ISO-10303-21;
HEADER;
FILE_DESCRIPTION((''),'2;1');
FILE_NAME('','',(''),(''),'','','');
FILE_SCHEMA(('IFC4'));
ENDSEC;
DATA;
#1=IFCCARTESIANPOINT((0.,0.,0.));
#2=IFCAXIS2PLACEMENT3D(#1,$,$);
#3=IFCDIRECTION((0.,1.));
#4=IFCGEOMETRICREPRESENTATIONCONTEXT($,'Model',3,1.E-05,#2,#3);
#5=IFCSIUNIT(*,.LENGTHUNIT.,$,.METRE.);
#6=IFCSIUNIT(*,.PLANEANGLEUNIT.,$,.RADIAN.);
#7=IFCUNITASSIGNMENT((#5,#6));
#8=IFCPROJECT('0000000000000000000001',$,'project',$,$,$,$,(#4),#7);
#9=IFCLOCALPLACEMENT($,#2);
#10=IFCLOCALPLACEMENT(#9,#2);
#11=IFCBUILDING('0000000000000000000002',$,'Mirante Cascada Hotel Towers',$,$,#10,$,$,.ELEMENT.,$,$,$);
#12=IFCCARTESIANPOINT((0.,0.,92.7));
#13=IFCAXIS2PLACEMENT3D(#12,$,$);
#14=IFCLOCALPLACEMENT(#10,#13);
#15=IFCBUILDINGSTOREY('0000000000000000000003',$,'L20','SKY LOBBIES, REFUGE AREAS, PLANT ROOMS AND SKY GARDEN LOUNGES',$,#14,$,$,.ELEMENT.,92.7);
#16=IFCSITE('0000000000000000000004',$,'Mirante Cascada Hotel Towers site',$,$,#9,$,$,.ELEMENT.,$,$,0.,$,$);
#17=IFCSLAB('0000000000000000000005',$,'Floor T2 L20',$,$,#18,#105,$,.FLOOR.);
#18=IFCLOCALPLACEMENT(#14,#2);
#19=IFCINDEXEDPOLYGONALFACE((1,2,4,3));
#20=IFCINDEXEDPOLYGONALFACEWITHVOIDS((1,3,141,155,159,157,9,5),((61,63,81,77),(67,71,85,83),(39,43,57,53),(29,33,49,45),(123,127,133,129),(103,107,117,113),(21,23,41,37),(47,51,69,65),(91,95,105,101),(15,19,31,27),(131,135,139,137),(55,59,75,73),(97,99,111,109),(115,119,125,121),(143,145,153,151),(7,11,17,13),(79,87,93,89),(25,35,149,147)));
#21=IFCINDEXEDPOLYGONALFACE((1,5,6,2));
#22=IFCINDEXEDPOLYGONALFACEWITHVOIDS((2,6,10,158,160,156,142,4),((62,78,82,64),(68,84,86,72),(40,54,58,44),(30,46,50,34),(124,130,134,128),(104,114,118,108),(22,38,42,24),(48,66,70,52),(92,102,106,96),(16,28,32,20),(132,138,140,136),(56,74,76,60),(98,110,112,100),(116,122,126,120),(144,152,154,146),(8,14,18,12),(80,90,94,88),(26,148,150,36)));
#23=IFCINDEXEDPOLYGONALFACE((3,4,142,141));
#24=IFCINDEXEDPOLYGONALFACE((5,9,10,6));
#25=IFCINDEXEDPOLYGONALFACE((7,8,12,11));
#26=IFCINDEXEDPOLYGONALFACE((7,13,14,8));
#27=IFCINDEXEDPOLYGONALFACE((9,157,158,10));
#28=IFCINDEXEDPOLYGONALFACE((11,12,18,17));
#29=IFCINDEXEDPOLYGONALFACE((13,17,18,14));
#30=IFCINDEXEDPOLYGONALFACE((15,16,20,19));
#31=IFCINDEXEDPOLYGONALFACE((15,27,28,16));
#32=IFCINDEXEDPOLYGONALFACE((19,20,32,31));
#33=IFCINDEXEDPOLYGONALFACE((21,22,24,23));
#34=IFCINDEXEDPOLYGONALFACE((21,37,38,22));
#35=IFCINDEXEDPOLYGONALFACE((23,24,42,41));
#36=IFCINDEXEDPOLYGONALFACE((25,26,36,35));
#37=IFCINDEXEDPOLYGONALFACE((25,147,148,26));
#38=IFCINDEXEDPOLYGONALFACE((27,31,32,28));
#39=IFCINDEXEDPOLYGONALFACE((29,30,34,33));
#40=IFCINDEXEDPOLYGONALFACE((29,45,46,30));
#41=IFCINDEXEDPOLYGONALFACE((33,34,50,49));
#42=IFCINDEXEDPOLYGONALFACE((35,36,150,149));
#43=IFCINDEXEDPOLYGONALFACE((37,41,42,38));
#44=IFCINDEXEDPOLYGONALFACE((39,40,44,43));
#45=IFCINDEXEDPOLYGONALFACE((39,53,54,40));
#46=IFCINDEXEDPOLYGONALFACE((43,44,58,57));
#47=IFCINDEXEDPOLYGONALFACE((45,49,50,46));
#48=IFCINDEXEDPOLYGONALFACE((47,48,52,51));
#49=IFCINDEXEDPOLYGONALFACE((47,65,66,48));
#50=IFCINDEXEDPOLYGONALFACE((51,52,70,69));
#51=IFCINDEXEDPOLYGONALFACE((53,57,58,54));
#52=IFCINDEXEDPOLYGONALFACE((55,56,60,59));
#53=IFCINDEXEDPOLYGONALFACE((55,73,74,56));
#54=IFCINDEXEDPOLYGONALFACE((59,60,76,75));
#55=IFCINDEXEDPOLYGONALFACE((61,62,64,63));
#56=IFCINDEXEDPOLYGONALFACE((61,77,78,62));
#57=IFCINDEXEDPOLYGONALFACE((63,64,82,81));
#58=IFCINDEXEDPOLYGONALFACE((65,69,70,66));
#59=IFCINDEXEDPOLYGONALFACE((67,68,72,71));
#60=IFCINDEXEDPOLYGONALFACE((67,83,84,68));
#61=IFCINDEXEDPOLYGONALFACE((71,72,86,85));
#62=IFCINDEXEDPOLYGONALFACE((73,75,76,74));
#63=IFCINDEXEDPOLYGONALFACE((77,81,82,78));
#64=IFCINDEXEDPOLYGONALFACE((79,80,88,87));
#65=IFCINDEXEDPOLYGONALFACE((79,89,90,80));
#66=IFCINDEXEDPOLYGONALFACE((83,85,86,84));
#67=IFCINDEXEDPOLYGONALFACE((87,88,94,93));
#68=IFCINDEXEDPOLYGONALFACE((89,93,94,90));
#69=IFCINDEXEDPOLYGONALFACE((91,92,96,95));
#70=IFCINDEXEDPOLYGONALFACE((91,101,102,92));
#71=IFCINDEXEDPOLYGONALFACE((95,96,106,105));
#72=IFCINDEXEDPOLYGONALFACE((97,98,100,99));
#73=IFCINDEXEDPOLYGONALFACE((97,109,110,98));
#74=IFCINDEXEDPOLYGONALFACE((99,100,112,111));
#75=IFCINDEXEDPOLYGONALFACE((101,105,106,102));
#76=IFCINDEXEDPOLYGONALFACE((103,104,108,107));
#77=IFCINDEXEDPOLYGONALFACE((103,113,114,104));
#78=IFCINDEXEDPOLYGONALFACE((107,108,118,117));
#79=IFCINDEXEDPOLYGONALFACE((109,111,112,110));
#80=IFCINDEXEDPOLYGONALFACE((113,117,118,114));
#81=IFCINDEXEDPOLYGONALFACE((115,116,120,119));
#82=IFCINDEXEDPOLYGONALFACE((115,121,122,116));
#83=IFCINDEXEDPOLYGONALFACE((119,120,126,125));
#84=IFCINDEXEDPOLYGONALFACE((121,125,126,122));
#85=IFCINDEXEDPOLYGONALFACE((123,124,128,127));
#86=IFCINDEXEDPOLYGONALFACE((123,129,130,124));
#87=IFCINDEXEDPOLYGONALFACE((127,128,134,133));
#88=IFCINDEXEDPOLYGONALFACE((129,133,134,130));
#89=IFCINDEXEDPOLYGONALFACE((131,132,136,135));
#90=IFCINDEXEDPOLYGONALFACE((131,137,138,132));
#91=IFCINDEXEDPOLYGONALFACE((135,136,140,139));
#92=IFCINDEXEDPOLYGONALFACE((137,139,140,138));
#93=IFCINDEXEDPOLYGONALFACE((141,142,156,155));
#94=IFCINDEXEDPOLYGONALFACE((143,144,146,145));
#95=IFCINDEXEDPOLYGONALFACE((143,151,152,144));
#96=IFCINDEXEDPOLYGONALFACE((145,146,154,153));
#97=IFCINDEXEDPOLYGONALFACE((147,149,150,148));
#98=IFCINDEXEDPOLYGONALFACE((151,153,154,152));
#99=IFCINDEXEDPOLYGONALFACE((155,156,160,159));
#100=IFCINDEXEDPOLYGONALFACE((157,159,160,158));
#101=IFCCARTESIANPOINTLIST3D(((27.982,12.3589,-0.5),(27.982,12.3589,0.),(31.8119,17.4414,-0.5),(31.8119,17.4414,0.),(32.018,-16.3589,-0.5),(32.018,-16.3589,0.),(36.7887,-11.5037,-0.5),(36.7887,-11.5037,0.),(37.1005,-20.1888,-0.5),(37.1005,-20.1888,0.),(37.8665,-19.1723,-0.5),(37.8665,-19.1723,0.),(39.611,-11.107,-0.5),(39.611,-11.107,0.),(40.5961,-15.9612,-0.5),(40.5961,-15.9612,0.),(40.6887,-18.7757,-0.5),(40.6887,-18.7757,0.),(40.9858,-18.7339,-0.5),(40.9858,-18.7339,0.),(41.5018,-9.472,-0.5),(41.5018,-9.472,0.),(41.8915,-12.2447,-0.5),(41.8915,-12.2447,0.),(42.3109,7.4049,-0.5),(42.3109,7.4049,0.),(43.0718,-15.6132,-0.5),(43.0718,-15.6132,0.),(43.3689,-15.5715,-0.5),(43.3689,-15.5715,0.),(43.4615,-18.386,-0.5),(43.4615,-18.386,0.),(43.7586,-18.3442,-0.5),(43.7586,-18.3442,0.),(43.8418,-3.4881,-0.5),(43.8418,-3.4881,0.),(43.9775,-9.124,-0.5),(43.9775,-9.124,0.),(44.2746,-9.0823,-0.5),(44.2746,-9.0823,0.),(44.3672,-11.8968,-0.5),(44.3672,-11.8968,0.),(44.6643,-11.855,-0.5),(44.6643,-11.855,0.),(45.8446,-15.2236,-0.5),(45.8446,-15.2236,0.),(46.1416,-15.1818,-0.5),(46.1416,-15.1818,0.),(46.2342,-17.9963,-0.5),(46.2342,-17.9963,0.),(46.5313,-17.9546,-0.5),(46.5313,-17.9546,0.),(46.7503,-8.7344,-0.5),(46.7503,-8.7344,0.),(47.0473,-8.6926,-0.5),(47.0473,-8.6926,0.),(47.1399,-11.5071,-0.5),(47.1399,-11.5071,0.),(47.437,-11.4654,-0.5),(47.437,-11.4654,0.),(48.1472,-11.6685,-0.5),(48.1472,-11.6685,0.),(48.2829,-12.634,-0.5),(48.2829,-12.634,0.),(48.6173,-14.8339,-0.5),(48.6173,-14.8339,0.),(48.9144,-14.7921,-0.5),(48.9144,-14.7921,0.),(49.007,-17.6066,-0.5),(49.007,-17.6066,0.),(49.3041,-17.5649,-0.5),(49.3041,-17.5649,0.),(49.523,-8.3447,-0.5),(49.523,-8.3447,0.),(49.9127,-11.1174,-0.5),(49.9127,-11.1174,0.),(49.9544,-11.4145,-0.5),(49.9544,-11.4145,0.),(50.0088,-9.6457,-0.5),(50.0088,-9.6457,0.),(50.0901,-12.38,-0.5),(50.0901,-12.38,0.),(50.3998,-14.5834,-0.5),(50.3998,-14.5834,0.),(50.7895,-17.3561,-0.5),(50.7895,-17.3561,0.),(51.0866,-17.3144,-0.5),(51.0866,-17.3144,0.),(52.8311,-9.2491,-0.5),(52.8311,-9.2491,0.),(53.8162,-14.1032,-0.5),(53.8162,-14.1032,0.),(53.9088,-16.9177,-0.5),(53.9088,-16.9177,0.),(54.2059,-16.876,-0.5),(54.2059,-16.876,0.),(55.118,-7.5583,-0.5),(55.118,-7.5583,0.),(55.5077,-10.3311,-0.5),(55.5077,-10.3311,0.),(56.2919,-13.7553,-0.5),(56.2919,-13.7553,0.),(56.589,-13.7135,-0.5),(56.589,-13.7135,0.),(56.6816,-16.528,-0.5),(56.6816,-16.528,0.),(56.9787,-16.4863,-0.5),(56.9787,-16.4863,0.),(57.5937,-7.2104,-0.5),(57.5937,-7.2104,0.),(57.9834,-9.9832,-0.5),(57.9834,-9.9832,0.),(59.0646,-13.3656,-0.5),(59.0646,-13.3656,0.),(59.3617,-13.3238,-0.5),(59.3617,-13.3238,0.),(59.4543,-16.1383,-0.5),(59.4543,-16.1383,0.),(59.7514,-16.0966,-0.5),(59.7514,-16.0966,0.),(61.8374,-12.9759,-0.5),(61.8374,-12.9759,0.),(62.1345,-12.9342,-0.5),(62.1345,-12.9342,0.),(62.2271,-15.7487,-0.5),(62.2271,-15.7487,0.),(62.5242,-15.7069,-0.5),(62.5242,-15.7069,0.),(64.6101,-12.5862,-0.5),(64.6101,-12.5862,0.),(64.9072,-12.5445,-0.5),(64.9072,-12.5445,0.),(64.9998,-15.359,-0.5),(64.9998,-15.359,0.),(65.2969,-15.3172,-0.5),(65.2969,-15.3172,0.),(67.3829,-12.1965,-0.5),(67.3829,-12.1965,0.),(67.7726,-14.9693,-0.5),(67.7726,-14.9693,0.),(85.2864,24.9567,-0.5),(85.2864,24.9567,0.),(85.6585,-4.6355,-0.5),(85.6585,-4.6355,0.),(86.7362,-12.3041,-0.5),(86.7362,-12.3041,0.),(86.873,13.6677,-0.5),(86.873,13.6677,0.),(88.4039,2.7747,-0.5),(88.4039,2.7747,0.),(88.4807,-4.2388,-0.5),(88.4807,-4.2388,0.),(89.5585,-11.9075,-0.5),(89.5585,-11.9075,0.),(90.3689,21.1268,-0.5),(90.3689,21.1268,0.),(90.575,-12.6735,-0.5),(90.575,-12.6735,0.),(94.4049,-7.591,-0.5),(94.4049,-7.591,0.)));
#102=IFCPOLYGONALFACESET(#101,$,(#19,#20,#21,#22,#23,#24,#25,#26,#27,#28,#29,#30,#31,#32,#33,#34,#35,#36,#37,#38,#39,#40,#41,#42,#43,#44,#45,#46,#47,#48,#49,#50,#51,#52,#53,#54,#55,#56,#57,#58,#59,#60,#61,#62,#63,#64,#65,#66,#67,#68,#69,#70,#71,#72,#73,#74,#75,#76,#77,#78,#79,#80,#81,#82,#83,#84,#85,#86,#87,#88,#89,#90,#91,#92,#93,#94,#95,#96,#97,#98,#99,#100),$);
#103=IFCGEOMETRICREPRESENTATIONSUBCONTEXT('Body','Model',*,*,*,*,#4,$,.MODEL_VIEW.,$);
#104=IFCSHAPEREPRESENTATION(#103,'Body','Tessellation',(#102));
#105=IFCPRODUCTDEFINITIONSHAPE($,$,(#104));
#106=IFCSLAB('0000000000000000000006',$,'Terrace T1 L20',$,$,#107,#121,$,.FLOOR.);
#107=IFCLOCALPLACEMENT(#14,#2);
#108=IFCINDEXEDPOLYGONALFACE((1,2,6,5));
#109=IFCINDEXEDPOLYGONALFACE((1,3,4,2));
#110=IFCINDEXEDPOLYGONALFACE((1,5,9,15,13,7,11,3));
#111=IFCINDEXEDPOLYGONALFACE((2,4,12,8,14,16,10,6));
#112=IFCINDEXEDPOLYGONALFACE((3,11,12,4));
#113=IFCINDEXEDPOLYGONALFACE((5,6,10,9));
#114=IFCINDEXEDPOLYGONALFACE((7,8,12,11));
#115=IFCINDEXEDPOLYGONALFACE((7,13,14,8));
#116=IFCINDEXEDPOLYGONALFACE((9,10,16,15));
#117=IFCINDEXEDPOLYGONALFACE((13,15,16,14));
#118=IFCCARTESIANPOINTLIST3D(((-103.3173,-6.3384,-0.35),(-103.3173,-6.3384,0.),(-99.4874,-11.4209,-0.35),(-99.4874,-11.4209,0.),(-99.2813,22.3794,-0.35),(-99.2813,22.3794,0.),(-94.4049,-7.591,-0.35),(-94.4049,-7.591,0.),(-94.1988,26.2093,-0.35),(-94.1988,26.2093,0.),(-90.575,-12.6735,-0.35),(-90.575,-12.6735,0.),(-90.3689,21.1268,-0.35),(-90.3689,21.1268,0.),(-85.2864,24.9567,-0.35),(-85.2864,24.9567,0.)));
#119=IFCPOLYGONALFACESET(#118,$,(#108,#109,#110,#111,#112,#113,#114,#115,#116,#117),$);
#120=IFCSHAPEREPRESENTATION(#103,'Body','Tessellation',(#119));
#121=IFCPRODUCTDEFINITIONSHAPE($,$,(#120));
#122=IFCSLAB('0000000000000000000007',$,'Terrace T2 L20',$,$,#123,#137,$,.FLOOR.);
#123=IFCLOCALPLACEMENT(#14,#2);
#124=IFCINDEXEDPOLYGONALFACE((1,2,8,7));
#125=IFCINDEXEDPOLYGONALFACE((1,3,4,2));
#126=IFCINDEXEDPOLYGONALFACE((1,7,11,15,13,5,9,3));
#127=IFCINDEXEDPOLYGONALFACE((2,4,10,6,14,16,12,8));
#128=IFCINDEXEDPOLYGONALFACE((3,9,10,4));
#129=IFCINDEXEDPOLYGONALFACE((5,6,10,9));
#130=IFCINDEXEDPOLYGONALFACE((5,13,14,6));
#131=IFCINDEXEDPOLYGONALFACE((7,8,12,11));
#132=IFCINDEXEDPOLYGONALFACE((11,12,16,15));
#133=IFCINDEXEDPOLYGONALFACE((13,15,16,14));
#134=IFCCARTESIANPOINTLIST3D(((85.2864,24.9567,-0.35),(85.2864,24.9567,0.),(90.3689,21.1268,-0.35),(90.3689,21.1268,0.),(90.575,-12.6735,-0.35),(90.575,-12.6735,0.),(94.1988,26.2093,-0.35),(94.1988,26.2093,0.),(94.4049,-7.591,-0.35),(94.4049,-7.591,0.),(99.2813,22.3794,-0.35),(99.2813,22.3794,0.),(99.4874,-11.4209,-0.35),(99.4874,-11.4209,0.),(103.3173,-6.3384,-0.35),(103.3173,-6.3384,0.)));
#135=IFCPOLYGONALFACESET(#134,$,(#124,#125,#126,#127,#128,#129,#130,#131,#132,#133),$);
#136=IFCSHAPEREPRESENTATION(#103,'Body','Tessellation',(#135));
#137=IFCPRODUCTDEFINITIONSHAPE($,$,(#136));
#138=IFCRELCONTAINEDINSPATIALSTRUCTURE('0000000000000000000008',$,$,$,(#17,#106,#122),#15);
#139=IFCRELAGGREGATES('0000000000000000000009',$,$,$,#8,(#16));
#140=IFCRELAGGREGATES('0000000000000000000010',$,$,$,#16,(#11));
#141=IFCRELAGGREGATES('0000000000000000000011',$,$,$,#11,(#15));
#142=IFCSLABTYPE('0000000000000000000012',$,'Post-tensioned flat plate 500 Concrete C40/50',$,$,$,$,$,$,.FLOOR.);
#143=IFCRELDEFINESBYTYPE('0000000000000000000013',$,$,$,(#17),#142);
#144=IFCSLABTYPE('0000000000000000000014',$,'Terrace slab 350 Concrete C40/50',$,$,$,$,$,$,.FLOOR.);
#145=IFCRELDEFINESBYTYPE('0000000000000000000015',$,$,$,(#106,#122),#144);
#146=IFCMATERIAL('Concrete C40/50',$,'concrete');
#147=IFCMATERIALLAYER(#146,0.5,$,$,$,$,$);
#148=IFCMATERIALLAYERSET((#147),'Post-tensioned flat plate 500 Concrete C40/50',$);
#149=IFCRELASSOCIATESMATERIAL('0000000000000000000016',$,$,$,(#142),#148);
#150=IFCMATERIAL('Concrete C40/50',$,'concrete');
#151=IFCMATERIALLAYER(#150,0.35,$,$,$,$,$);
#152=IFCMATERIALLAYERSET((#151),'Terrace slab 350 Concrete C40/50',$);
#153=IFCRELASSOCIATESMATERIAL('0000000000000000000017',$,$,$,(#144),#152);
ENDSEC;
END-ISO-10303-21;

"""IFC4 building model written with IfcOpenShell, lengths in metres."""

from ifc_helpers import new_model, si_unit, direction, frame, origin, place, context, subcontext, project, spatial, polyline, outline, extrude, material, layer, layer_set, type_object, element, save


model = new_model("IFC4")

# Units and contexts
model_context = context("Model", 3, precision=1e-05, world=origin(), true_north=direction((0.0, 1.0)))
body_context = subcontext(model_context, "Body", "Model", "MODEL_VIEW")
ifc_project = project(units=[si_unit("LENGTHUNIT", "METRE"), si_unit("PLANEANGLEUNIT", "RADIAN")], contexts=[model_context])

# Site, building, storey
site_placement = place(None, origin())
site = spatial("IfcSite", under=ifc_project, at=site_placement, Name="Mirante Cascada Hotel Towers site", CompositionType="ELEMENT", RefElevation=0.0)
building_placement = place(site_placement, origin())
building = spatial("IfcBuilding", under=site, at=building_placement, Name="Mirante Cascada Hotel Towers", CompositionType="ELEMENT")
storey_placement = place(building_placement, frame((0.0, 0.0, 92.7)))
storey = spatial("IfcBuildingStorey", under=building, at=storey_placement, Name="L20", Description="SKY LOBBIES, REFUGE AREAS, PLANT ROOMS AND SKY GARDEN LOUNGES", CompositionType="ELEMENT", Elevation=92.7)

# Slabs
ifc_material_1 = material(Name="Concrete C40/50", Category="concrete")
ifc_layer_1 = layer(ifc_material_1, 0.5)
ifc_layer_set_1 = layer_set([ifc_layer_1], Name="Post-tensioned flat plate 500 Concrete C40/50")
slab_type_1 = type_object("IfcSlabType", Name="Post-tensioned flat plate 500 Concrete C40/50", PredefinedType="FLOOR", material=ifc_layer_set_1)
slab_1_placement = place(storey_placement, frame((0.0, 0.0, -0.5)))
element("IfcSlab", 1, at=slab_1_placement, inside=storey, type_object=slab_type_1, Name="Floor T2 L20", PredefinedType="FLOOR", context=body_context, shape_type="SweptSolid", body=[
    extrude(outline(polyline([(32.018, -16.3589), (27.982, 12.3589), (31.8119, 17.4414), (85.2864, 24.9567), (85.2864, 24.9567), (85.2864, 24.9567), (85.2864, 24.9567), (85.2864, 24.9567), (85.2864, 24.9567), (85.2864, 24.9567), (85.2864, 24.9567), (85.2864, 24.9567), (90.3689, 21.1268), (94.4049, -7.591), (90.575, -12.6735), (90.575, -12.6735), (90.575, -12.6735), (90.575, -12.6735), (90.575, -12.6735), (90.575, -12.6735), (90.575, -12.6735), (90.575, -12.6735), (90.575, -12.6735), (37.1005, -20.1888), (32.018, -16.3589)]), holes=[polyline([(43.0718, -15.6132), (40.5961, -15.9612), (40.9858, -18.7339), (43.4615, -18.386), (43.0718, -15.6132)]), polyline([(45.8446, -15.2236), (43.3689, -15.5715), (43.7586, -18.3442), (46.2342, -17.9963), (45.8446, -15.2236)]), polyline([(48.6173, -14.8339), (46.1416, -15.1818), (46.5313, -17.9546), (49.007, -17.6066), (48.6173, -14.8339)]), polyline([(50.3998, -14.5834), (48.9144, -14.7921), (49.3041, -17.5649), (50.7895, -17.3561), (50.3998, -14.5834)]), polyline([(37.8665, -19.1723), (40.6887, -18.7757), (39.611, -11.107), (36.7887, -11.5037), (37.8665, -19.1723)]), polyline([(49.9544, -11.4145), (48.1472, -11.6685), (48.2829, -12.634), (50.0901, -12.38), (49.9544, -11.4145)]), polyline([(43.9775, -9.124), (41.5018, -9.472), (41.8915, -12.2447), (44.3672, -11.8968), (43.9775, -9.124)]), polyline([(47.1399, -11.5071), (46.7503, -8.7344), (44.2746, -9.0823), (44.6643, -11.855), (47.1399, -11.5071)]), polyline([(49.9127, -11.1174), (49.523, -8.3447), (47.0473, -8.6926), (47.437, -11.4654), (49.9127, -11.1174)]), polyline([(56.2919, -13.7553), (53.8162, -14.1032), (54.2059, -16.876), (56.6816, -16.528), (56.2919, -13.7553)]), polyline([(59.0646, -13.3656), (56.589, -13.7135), (56.9787, -16.4863), (59.4543, -16.1383), (59.0646, -13.3656)]), polyline([(61.8374, -12.9759), (59.3617, -13.3238), (59.7514, -16.0966), (62.2271, -15.7487), (61.8374, -12.9759)]), polyline([(64.6101, -12.5862), (62.1345, -12.9342), (62.5242, -15.7069), (64.9998, -15.359), (64.6101, -12.5862)]), polyline([(67.3829, -12.1965), (64.9072, -12.5445), (65.2969, -15.3172), (67.7726, -14.9693), (67.3829, -12.1965)]), polyline([(51.0866, -17.3144), (53.9088, -16.9177), (52.8311, -9.2491), (50.0088, -9.6457), (51.0866, -17.3144)]), polyline([(86.7362, -12.3041), (89.5585, -11.9075), (88.4807, -4.2388), (85.6585, -4.6355), (86.7362, -12.3041)]), polyline([(57.9834, -9.9832), (57.5937, -7.2104), (55.118, -7.5583), (55.5077, -10.3311), (57.9834, -9.9832)]), polyline([(88.4039, 2.7747), (86.873, 13.6677), (42.3109, 7.4049), (43.8418, -3.4881), (88.4039, 2.7747)])]), origin(), (0.0, 0.0, 1.0), 0.5),
])
ifc_material_2 = material(Name="Concrete C40/50", Category="concrete")
ifc_layer_2 = layer(ifc_material_2, 0.35)
ifc_layer_set_2 = layer_set([ifc_layer_2], Name="Terrace slab 350 Concrete C40/50")
slab_type_2 = type_object("IfcSlabType", Name="Terrace slab 350 Concrete C40/50", PredefinedType="FLOOR", material=ifc_layer_set_2)
slab_2_placement = place(storey_placement, frame((0.0, 0.0, -0.35)))
element("IfcSlab", 2, at=slab_2_placement, inside=storey, type_object=slab_type_2, Name="Terrace T1 L20", PredefinedType="FLOOR", context=body_context, shape_type="SweptSolid", body=[
    extrude(outline(polyline([(-94.1988, 26.2093), (-99.2813, 22.3794), (-103.3173, -6.3384), (-99.4874, -11.4209), (-90.575, -12.6735), (-94.4049, -7.591), (-90.3689, 21.1268), (-85.2864, 24.9567), (-94.1988, 26.2093)])), origin(), (0.0, 0.0, 1.0), 0.35),
])
slab_3_placement = place(storey_placement, frame((0.0, 0.0, -0.35)))
element("IfcSlab", 3, at=slab_3_placement, inside=storey, type_object=slab_type_2, Name="Terrace T2 L20", PredefinedType="FLOOR", context=body_context, shape_type="SweptSolid", body=[
    extrude(outline(polyline([(94.1988, 26.2093), (99.2813, 22.3794), (103.3173, -6.3384), (99.4874, -11.4209), (90.575, -12.6735), (94.4049, -7.591), (90.3689, 21.1268), (85.2864, 24.9567), (94.1988, 26.2093)])), origin(), (0.0, 0.0, 1.0), 0.35),
])

save(model, "model.ifc")
